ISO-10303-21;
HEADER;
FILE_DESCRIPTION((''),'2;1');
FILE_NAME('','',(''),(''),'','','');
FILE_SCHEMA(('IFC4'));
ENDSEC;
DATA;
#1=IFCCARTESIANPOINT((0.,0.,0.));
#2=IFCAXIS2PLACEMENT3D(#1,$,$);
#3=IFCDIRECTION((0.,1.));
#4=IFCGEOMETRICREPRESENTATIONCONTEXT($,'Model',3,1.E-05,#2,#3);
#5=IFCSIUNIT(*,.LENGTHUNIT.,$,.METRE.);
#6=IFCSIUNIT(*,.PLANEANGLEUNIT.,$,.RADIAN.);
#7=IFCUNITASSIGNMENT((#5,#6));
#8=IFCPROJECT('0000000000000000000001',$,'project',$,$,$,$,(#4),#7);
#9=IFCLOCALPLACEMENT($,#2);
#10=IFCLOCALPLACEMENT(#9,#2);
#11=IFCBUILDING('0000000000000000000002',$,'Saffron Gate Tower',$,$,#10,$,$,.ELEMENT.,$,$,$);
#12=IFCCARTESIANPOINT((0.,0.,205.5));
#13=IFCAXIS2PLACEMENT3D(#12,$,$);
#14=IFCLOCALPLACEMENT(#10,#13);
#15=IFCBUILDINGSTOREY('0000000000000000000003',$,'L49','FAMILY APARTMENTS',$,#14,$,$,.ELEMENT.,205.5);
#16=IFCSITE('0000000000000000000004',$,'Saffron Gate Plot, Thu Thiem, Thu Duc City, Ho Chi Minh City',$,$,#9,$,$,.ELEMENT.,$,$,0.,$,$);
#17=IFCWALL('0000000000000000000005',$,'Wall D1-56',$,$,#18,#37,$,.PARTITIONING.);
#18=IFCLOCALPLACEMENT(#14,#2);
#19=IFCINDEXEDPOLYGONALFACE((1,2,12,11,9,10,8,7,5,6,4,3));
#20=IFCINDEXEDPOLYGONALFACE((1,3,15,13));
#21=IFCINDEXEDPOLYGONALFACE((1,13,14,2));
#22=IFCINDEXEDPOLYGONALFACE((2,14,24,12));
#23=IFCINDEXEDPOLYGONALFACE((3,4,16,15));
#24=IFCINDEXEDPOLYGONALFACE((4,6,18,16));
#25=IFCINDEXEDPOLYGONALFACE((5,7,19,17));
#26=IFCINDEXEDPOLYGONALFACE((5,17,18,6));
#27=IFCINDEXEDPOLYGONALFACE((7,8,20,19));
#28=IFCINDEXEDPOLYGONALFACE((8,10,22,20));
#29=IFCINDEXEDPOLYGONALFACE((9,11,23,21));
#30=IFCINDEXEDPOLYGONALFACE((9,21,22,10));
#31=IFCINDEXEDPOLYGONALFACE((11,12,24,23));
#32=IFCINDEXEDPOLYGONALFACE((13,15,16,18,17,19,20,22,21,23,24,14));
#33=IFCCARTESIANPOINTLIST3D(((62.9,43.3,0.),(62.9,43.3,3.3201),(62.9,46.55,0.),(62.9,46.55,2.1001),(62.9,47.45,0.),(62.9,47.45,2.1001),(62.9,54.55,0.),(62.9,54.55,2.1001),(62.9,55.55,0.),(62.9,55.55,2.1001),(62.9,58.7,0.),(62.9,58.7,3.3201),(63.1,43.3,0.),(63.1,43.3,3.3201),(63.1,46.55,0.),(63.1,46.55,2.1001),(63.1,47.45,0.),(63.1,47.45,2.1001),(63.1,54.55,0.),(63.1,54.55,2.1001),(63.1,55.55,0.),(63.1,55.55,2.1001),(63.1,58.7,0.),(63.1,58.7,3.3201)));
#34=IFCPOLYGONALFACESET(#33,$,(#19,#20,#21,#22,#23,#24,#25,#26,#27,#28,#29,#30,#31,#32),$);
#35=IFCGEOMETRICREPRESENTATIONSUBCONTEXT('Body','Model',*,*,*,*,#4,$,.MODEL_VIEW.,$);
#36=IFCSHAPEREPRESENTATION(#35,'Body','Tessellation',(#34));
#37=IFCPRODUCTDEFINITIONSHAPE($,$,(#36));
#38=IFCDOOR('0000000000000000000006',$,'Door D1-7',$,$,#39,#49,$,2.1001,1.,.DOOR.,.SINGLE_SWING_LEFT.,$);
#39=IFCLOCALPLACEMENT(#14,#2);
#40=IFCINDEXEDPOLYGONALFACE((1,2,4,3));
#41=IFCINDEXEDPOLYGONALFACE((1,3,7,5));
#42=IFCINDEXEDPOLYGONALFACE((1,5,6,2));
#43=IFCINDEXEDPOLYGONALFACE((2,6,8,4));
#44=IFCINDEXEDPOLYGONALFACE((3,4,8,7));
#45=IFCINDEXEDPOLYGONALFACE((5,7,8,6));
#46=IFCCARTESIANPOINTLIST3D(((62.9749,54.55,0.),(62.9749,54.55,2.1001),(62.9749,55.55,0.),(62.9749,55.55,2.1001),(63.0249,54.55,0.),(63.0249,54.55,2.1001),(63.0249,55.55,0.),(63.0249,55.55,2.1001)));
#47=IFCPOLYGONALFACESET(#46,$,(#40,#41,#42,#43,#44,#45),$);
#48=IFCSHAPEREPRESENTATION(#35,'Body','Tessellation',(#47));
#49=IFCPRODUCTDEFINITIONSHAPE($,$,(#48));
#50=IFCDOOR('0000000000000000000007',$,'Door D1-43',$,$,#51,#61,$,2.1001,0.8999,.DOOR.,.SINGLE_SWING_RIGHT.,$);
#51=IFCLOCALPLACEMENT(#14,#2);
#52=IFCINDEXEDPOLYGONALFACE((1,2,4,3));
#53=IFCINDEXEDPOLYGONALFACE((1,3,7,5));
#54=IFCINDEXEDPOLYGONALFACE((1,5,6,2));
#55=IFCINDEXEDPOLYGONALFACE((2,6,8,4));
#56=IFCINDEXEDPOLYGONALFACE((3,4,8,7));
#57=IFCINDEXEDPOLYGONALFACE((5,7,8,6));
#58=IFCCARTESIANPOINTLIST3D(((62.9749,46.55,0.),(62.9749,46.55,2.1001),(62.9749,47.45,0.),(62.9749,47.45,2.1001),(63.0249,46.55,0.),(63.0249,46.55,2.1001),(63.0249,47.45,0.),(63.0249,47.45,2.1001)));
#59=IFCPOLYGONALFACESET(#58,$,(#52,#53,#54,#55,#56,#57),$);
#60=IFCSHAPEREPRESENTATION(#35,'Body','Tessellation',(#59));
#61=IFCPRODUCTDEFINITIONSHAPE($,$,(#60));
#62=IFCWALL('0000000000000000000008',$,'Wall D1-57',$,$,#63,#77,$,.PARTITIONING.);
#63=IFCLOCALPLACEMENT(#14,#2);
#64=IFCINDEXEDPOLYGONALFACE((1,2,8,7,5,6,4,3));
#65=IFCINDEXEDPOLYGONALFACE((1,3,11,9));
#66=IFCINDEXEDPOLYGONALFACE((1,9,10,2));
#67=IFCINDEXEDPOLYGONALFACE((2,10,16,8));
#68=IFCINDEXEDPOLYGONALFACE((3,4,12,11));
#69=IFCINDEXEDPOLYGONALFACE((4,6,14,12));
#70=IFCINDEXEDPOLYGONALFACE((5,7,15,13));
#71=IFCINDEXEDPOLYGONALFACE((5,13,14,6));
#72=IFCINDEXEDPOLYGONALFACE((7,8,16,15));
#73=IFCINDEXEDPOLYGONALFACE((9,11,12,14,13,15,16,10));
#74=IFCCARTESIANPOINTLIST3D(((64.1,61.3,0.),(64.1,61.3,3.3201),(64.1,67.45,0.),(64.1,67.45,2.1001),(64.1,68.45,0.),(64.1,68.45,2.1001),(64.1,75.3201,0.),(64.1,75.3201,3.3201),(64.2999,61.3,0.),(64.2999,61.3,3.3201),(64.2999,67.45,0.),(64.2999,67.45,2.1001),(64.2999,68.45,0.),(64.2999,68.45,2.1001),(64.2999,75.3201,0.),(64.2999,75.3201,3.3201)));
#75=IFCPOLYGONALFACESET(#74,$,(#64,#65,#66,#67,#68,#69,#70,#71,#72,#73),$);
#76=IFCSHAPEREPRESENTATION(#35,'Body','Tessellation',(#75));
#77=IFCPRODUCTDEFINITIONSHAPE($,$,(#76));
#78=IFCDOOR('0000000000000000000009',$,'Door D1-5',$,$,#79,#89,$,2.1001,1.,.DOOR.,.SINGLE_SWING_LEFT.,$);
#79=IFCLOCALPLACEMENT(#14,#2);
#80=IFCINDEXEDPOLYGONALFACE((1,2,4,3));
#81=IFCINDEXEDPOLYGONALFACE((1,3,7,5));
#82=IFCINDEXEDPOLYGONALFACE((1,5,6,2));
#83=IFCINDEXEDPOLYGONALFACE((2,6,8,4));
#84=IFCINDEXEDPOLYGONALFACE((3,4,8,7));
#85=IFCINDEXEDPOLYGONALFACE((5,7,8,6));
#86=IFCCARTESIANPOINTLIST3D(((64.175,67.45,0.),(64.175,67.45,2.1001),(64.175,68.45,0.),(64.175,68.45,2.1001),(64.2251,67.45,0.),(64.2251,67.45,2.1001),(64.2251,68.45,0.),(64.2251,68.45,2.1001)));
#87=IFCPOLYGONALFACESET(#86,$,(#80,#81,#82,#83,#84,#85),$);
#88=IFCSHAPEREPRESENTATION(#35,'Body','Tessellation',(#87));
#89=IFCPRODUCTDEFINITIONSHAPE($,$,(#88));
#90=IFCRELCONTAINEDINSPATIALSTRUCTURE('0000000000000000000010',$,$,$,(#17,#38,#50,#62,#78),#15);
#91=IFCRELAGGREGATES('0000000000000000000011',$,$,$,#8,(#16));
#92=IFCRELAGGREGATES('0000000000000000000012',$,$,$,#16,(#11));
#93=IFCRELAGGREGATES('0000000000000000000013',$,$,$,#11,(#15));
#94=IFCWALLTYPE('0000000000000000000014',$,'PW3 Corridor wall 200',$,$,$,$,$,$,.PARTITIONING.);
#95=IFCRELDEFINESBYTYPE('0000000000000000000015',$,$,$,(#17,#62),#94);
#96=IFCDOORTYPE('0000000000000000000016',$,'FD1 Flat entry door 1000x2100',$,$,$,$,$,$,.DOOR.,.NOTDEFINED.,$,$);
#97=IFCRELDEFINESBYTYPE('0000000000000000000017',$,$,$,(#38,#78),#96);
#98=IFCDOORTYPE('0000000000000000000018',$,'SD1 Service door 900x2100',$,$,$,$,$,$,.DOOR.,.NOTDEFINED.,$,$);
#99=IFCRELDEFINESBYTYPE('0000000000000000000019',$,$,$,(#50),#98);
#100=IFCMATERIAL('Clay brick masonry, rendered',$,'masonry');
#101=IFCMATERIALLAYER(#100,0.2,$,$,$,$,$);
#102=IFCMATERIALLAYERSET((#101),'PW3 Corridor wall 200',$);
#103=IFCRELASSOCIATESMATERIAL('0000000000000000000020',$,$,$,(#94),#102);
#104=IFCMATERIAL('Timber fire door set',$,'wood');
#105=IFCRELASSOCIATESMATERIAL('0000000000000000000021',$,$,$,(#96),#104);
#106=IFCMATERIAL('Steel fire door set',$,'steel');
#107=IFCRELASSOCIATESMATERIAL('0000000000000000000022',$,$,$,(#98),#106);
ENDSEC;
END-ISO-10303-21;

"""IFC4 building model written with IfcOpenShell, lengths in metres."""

from ifc_helpers import new_model, si_unit, direction, frame, frame_2d, origin, place, context, subcontext, project, spatial, rectangle, extrude, material, layer, layer_set, type_object, element, fill, save


model = new_model("IFC4")

# Units and contexts
model_context = context("Model", 3, precision=1e-05, world=origin(), true_north=direction((0.0, 1.0)))
body_context = subcontext(model_context, "Body", "Model", "MODEL_VIEW")
ifc_project = project(units=[si_unit("LENGTHUNIT", "METRE"), si_unit("PLANEANGLEUNIT", "RADIAN")], contexts=[model_context])

# Site, building, storey
site_placement = place(None, origin())
site = spatial("IfcSite", under=ifc_project, at=site_placement, Name="Saffron Gate Plot, Thu Thiem, Thu Duc City, Ho Chi Minh City", CompositionType="ELEMENT", RefElevation=0.0)
building_placement = place(site_placement, origin())
building = spatial("IfcBuilding", under=site, at=building_placement, Name="Saffron Gate Tower", CompositionType="ELEMENT")
storey_placement = place(building_placement, frame((0.0, 0.0, 205.5)))
storey = spatial("IfcBuildingStorey", under=building, at=storey_placement, Name="L49", Description="FAMILY APARTMENTS", CompositionType="ELEMENT", Elevation=205.5)

# Shared definitions
ifc_material_1 = material(Name="Clay brick masonry, rendered", Category="masonry")
ifc_layer_1 = layer(ifc_material_1, 0.2)
ifc_layer_set_1 = layer_set([ifc_layer_1], Name="PW3 Corridor wall 200")
wall_type_1 = type_object("IfcWallType", Name="PW3 Corridor wall 200", PredefinedType="PARTITIONING", material=ifc_layer_set_1)

# Wall, openings, doors
wall_1_placement = place(storey_placement, frame((63.0, 58.7, 0.0), z_axis=(0.0, 0.0, 1.0), x_axis=(0.0, -1.0, 0.0)))
wall_1 = element("IfcWall", 1, at=wall_1_placement, inside=storey, type_object=wall_type_1, Name="Wall D1-56", PredefinedType="PARTITIONING", context=body_context, shape_type="SweptSolid", body=[
    extrude(rectangle(XDim=15.3999, YDim=0.2, at=frame_2d((7.7, 0.0))), origin(), (0.0, 0.0, 1.0), 3.3201),
])
opening_1_placement = place(wall_1_placement, frame((3.1499, 0.0, 0.0)))
opening_1 = element("IfcOpeningElement", 2, at=opening_1_placement, cuts=wall_1, PredefinedType="OPENING", context=body_context, shape_type="SweptSolid", body=[
    extrude(rectangle(XDim=1.0, YDim=2.1001, at=frame_2d((0.5, 1.05))), frame((0.0, 0.1099, 0.0), z_axis=(0.0, -1.0, 0.0), x_axis=(1.0, 0.0, 0.0)), (0.0, 0.0, 1.0), 0.22),
])
opening_2_placement = place(wall_1_placement, frame((11.25, 0.0, 0.0)))
opening_2 = element("IfcOpeningElement", 3, at=opening_2_placement, cuts=wall_1, PredefinedType="OPENING", context=body_context, shape_type="SweptSolid", body=[
    extrude(rectangle(XDim=0.8999, YDim=2.1001, at=frame_2d((0.45, 1.05))), frame((0.0, 0.1099, 0.0), z_axis=(0.0, -1.0, 0.0), x_axis=(1.0, 0.0, 0.0)), (0.0, 0.0, 1.0), 0.22),
])
ifc_material_2 = material(Name="Timber fire door set", Category="wood")
door_type_1 = type_object("IfcDoorType", Name="FD1 Flat entry door 1000x2100", OperationType="NOTDEFINED", PredefinedType="DOOR", material=ifc_material_2)
door_1_placement = place(opening_1_placement, origin())
door_1 = element("IfcDoor", 4, at=door_1_placement, inside=storey, type_object=door_type_1, Name="Door D1-7", OperationType="SINGLE_SWING_LEFT", OverallHeight=2.1001, OverallWidth=1.0, PredefinedType="DOOR", context=body_context, shape_type="SweptSolid", body=[
    extrude(rectangle(XDim=1.0, YDim=2.1001, at=frame_2d((0.5, 1.05))), frame((0.0, 0.0249, 0.0), z_axis=(0.0, -1.0, 0.0), x_axis=(1.0, 0.0, 0.0)), (0.0, 0.0, 1.0), 0.05),
])
fill(opening_1, door_1)
ifc_material_3 = material(Name="Steel fire door set", Category="steel")
door_type_2 = type_object("IfcDoorType", Name="SD1 Service door 900x2100", OperationType="NOTDEFINED", PredefinedType="DOOR", material=ifc_material_3)
door_2_placement = place(opening_2_placement, origin())
door_2 = element("IfcDoor", 5, at=door_2_placement, inside=storey, type_object=door_type_2, Name="Door D1-43", OperationType="SINGLE_SWING_RIGHT", OverallHeight=2.1001, OverallWidth=0.8999, PredefinedType="DOOR", context=body_context, shape_type="SweptSolid", body=[
    extrude(rectangle(XDim=0.8999, YDim=2.1001, at=frame_2d((0.45, 1.05))), frame((0.0, 0.0249, 0.0), z_axis=(0.0, -1.0, 0.0), x_axis=(1.0, 0.0, 0.0)), (0.0, 0.0, 1.0), 0.05),
])
fill(opening_2, door_2)

# Wall, opening, door
wall_2_placement = place(storey_placement, frame((64.2, 61.3, 0.0), z_axis=(0.0, 0.0, 1.0), x_axis=(0.0, 1.0, 0.0)))
wall_2 = element("IfcWall", 6, at=wall_2_placement, inside=storey, type_object=wall_type_1, Name="Wall D1-57", PredefinedType="PARTITIONING", context=body_context, shape_type="SweptSolid", body=[
    extrude(rectangle(XDim=14.02, YDim=0.2, at=frame_2d((7.01, 0.0))), origin(), (0.0, 0.0, 1.0), 3.3201),
])
opening_3_placement = place(wall_2_placement, frame((6.1499, 0.0, 0.0)))
opening_3 = element("IfcOpeningElement", 7, at=opening_3_placement, cuts=wall_2, PredefinedType="OPENING", context=body_context, shape_type="SweptSolid", body=[
    extrude(rectangle(XDim=1.0, YDim=2.1001, at=frame_2d((0.5, 1.05))), frame((0.0, 0.1099, 0.0), z_axis=(0.0, -1.0, 0.0), x_axis=(1.0, 0.0, 0.0)), (0.0, 0.0, 1.0), 0.22),
])
door_3_placement = place(opening_3_placement, origin())
door_3 = element("IfcDoor", 8, at=door_3_placement, inside=storey, type_object=door_type_1, Name="Door D1-5", OperationType="SINGLE_SWING_LEFT", OverallHeight=2.1001, OverallWidth=1.0, PredefinedType="DOOR", context=body_context, shape_type="SweptSolid", body=[
    extrude(rectangle(XDim=1.0, YDim=2.1001, at=frame_2d((0.5, 1.05))), frame((0.0, 0.0249, 0.0), z_axis=(0.0, -1.0, 0.0), x_axis=(1.0, 0.0, 0.0)), (0.0, 0.0, 1.0), 0.05),
])
fill(opening_3, door_3)

save(model, "model.ifc")
